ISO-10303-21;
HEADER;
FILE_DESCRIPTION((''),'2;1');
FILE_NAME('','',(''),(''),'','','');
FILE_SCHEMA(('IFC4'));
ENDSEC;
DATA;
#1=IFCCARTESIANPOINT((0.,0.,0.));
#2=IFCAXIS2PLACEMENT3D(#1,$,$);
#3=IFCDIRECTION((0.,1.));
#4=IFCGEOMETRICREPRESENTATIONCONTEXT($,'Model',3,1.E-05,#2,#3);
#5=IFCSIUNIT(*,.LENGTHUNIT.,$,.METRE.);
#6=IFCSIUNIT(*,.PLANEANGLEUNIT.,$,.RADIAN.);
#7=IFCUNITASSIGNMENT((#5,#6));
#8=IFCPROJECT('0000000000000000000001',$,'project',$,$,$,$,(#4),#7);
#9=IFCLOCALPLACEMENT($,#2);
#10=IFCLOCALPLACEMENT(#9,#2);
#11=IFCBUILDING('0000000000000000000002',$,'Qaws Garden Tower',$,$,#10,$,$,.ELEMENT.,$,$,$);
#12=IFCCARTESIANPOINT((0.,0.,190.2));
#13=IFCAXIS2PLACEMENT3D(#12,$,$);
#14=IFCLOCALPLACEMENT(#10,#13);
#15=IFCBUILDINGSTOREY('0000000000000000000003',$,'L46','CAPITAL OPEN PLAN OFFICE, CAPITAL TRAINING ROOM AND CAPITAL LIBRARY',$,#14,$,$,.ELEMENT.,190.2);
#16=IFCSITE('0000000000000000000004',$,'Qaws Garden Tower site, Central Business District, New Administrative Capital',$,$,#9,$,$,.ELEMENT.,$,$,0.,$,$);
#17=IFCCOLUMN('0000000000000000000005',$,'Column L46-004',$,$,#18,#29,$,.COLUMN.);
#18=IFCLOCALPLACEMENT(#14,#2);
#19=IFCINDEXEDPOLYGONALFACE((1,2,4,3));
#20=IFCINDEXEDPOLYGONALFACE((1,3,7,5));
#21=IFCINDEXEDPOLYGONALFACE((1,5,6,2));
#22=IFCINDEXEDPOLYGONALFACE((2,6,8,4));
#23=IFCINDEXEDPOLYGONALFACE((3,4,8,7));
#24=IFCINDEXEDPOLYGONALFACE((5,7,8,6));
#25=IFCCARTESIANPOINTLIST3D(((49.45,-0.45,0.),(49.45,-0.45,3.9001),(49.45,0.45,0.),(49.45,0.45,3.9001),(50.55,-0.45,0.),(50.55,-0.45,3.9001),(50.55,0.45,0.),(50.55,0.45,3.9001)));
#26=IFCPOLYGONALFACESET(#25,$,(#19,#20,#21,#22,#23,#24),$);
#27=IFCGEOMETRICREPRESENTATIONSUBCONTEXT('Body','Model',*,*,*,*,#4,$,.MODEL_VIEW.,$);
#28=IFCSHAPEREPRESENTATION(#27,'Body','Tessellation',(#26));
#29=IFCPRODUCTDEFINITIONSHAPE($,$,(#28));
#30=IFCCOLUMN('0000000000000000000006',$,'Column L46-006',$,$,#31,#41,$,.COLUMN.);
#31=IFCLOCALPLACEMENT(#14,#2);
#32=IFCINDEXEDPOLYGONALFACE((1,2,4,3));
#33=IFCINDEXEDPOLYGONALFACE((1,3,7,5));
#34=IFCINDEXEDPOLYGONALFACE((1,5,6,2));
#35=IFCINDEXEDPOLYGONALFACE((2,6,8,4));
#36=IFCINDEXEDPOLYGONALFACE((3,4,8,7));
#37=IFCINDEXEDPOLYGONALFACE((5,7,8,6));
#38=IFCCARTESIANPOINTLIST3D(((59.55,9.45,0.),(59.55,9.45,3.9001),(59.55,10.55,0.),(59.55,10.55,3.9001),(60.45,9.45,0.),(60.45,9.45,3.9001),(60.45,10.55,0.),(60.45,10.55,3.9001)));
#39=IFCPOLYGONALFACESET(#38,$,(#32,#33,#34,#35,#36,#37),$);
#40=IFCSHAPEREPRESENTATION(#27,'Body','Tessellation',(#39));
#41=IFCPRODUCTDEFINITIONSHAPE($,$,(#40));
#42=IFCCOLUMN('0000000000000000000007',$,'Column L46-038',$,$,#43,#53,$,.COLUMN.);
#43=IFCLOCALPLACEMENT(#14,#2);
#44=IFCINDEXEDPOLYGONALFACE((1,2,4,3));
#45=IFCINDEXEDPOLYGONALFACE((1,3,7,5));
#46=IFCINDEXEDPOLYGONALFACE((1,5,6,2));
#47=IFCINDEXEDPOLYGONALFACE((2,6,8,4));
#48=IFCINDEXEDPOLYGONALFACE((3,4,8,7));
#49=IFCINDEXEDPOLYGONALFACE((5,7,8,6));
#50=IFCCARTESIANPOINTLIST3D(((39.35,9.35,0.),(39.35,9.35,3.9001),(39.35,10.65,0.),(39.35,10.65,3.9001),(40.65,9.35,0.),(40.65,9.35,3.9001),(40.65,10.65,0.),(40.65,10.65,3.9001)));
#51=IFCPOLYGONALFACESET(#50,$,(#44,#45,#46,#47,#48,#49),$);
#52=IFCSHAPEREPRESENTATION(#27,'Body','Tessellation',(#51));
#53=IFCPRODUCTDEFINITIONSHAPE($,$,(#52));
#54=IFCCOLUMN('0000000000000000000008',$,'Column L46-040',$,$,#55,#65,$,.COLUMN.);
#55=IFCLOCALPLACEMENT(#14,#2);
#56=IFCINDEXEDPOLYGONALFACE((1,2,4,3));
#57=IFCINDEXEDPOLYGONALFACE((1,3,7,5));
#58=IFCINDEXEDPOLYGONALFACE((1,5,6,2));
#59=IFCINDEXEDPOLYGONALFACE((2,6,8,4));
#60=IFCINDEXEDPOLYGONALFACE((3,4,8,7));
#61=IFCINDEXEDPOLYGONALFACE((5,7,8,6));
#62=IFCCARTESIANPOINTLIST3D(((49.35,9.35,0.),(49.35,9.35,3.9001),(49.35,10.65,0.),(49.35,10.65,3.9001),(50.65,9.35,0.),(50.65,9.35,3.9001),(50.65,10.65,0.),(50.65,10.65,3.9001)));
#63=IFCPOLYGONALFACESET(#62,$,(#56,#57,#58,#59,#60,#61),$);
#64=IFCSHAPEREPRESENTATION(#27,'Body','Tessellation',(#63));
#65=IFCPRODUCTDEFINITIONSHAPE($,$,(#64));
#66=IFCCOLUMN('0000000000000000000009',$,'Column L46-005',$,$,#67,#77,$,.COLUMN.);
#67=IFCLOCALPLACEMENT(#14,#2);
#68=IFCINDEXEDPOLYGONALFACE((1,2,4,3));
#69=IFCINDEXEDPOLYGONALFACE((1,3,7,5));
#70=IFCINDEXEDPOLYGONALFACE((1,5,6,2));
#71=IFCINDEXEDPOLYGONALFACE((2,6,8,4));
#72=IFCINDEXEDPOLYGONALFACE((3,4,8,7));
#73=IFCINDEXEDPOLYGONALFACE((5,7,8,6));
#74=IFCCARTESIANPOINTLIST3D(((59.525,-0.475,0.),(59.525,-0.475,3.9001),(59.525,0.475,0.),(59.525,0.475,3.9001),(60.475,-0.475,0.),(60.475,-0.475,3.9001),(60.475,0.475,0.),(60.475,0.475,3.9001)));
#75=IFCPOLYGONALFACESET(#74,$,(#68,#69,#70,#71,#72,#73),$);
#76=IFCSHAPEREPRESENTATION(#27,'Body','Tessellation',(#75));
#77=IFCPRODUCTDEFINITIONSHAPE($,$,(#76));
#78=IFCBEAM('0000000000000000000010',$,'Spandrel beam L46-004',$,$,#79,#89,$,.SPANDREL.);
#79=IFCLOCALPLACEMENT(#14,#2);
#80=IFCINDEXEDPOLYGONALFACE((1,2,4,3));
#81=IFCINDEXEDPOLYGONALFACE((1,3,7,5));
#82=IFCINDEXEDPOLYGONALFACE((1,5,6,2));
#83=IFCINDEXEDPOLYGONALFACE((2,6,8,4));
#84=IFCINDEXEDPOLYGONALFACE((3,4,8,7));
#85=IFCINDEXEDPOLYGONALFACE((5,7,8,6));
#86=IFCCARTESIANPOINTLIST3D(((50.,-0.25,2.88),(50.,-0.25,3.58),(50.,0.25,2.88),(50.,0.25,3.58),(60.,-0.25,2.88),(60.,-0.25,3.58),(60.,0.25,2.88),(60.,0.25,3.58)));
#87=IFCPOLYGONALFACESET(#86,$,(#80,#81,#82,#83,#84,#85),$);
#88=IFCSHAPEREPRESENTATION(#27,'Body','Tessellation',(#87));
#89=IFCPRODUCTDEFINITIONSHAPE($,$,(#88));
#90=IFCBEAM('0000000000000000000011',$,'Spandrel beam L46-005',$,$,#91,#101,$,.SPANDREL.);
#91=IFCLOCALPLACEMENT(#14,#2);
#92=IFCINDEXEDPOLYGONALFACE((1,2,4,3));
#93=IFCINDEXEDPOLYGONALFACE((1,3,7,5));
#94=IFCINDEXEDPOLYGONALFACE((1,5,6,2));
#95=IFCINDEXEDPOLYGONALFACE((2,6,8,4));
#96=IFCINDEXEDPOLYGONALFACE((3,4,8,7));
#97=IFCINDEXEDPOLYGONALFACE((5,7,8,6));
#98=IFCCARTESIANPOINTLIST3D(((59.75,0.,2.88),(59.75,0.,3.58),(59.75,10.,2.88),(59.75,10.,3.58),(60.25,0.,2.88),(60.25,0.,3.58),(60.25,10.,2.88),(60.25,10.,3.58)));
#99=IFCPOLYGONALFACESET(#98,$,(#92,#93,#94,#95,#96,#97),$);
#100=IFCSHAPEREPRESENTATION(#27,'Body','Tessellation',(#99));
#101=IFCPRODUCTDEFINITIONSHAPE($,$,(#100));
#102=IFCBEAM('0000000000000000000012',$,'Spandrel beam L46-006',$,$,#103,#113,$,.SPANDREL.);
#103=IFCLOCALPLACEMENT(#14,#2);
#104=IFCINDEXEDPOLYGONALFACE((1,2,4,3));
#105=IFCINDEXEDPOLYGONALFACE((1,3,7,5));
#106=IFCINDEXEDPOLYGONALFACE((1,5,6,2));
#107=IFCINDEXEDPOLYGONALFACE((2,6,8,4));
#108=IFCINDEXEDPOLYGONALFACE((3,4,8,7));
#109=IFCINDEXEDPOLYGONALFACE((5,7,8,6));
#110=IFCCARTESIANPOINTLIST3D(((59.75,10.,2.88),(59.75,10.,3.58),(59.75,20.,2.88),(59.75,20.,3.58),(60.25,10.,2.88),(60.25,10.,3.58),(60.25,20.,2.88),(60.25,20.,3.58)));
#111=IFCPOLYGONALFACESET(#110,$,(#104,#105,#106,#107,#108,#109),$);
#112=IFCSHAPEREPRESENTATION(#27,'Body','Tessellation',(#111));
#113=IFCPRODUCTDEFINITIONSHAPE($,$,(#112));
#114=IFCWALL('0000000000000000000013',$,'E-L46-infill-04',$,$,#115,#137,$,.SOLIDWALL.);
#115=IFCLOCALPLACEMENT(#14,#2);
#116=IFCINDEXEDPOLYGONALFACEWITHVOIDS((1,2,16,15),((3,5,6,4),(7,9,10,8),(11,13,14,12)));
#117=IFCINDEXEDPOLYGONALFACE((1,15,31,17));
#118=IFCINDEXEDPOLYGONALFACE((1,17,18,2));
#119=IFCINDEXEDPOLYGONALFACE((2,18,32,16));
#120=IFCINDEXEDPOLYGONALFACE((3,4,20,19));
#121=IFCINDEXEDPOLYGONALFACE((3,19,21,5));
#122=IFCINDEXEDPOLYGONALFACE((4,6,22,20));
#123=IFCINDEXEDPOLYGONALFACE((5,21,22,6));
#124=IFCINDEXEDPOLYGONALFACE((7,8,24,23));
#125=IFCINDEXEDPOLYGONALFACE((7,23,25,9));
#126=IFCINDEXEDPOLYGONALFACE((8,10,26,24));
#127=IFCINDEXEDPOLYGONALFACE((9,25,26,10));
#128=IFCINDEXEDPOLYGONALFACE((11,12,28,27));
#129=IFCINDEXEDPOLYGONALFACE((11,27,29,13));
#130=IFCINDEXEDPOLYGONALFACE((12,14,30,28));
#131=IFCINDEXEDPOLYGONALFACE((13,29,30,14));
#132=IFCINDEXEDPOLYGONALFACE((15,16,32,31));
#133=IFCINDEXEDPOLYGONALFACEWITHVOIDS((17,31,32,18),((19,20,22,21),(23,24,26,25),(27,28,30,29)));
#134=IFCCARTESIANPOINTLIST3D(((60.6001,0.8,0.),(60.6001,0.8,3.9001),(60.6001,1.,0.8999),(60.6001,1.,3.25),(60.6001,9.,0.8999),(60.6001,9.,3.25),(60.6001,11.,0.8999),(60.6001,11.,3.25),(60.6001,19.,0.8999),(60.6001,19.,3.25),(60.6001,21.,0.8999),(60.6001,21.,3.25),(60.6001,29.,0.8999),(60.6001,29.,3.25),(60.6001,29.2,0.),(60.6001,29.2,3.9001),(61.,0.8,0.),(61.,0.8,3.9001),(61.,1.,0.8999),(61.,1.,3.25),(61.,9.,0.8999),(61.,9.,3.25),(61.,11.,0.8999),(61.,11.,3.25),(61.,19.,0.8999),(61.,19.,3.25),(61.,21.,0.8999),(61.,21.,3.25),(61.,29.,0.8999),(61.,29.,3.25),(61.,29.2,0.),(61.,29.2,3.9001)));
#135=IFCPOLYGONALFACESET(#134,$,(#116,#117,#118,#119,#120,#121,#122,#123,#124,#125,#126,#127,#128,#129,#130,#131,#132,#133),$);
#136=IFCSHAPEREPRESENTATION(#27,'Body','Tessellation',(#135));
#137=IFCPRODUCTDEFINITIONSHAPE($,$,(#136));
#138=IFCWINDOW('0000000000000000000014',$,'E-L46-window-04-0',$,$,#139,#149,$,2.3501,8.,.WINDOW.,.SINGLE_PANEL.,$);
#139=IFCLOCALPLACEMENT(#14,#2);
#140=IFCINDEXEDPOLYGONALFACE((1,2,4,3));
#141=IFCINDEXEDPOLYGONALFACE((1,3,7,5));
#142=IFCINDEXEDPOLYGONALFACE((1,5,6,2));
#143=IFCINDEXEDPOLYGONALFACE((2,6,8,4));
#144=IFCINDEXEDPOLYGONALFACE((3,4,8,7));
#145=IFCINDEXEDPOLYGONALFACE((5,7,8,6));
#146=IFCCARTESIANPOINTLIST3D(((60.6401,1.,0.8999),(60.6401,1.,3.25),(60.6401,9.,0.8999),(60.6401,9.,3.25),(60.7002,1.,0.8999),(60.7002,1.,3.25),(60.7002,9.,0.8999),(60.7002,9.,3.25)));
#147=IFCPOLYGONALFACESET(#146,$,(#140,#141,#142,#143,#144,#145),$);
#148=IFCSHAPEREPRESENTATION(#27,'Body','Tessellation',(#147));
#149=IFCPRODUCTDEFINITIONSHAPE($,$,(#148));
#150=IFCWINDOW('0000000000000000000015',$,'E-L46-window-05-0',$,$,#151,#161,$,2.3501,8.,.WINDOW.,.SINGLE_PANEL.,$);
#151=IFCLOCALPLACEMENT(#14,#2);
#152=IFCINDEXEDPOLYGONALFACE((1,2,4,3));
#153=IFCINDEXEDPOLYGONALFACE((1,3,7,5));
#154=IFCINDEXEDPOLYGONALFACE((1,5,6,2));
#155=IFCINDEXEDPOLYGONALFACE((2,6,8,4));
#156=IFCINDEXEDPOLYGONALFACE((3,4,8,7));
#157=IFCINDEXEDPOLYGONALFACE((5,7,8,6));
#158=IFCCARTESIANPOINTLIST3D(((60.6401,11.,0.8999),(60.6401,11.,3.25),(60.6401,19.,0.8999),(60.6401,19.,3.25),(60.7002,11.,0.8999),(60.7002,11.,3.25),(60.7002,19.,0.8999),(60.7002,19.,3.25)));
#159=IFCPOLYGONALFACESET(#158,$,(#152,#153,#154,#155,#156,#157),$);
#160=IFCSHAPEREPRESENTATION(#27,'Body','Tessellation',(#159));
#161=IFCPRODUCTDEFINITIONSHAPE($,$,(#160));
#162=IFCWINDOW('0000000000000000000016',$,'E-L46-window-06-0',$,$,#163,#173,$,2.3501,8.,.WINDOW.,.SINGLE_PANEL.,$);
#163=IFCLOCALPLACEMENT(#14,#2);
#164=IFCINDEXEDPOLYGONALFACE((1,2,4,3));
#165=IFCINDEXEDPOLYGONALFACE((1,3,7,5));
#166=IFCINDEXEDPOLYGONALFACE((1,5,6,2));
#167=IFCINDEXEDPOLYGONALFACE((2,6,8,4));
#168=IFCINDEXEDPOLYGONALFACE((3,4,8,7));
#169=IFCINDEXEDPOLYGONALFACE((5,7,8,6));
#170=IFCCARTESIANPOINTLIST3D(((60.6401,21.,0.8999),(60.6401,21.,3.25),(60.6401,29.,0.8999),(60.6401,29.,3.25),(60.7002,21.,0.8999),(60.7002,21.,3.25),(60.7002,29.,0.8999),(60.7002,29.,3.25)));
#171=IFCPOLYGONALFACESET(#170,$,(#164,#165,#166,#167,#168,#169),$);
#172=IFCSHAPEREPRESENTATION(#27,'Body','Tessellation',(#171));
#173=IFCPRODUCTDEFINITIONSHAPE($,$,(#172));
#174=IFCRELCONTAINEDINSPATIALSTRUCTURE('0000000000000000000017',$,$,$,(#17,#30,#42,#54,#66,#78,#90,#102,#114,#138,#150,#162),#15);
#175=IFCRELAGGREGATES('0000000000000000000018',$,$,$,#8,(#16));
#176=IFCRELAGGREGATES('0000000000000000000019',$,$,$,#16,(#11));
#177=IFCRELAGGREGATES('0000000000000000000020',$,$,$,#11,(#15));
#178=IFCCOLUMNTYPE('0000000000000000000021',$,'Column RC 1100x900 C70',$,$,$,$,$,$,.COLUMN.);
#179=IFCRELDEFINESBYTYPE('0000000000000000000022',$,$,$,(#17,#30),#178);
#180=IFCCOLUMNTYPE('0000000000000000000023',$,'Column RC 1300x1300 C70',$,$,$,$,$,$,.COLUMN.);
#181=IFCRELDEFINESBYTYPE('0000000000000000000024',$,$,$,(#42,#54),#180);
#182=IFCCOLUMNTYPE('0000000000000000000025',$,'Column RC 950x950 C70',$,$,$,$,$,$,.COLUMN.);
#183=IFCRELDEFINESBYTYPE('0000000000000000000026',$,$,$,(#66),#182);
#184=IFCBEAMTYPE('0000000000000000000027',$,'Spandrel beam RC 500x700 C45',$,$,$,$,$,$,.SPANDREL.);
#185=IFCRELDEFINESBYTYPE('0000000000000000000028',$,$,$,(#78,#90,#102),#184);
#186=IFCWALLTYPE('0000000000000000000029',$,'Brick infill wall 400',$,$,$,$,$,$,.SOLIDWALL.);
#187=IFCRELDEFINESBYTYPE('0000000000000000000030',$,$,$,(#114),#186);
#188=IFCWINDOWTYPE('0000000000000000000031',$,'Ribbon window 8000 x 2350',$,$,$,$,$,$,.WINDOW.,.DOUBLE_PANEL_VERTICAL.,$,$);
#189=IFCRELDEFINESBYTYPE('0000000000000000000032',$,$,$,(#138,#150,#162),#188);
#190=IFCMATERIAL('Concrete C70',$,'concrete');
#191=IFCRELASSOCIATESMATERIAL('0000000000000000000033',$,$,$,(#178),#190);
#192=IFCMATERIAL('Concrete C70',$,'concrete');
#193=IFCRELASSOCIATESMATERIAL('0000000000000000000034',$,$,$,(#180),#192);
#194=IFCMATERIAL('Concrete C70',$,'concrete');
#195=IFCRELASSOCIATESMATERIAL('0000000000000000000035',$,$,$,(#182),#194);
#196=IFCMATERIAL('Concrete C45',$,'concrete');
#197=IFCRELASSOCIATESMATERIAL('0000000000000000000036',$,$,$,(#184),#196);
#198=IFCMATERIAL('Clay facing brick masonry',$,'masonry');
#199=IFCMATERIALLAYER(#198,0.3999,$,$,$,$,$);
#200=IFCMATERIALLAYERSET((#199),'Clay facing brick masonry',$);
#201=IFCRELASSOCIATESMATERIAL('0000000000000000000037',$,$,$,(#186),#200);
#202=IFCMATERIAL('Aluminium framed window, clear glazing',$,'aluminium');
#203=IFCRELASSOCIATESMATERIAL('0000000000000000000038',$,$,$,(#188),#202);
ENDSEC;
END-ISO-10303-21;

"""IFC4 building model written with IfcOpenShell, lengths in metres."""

from ifc_helpers import new_model, si_unit, direction, frame, frame_2d, origin, origin_2d, place, context, subcontext, project, spatial, rectangle, extrude, material, layer, layer_set, material_profile, profile_set, type_object, element, fill, save


model = new_model("IFC4")

# Units and contexts
model_context = context("Model", 3, precision=1e-05, world=origin(), true_north=direction((0.0, 1.0)))
body_context = subcontext(model_context, "Body", "Model", "MODEL_VIEW")
ifc_project = project(units=[si_unit("LENGTHUNIT", "METRE"), si_unit("PLANEANGLEUNIT", "RADIAN")], contexts=[model_context])

# Site, building, storey
site_placement = place(None, origin())
site = spatial("IfcSite", under=ifc_project, at=site_placement, Name="Qaws Garden Tower site, Central Business District, New Administrative Capital", CompositionType="ELEMENT", RefElevation=0.0)
building_placement = place(site_placement, origin())
building = spatial("IfcBuilding", under=site, at=building_placement, Name="Qaws Garden Tower", CompositionType="ELEMENT")
storey_placement = place(building_placement, frame((0.0, 0.0, 190.2)))
storey = spatial("IfcBuildingStorey", under=building, at=storey_placement, Name="L46", Description="CAPITAL OPEN PLAN OFFICE, CAPITAL TRAINING ROOM AND CAPITAL LIBRARY", CompositionType="ELEMENT", Elevation=190.2)

# Columns
ifc_material_1 = material(Name="Concrete C70", Category="concrete")
ifc_material_profile_1 = material_profile(ifc_material_1, rectangle(XDim=1.1001, YDim=0.8999, at=origin_2d()), Name="RC 1100x900")
ifc_profile_set_1 = profile_set([ifc_material_profile_1], Name="Concrete C70")
column_type_1 = type_object("IfcColumnType", Name="Column RC 1100x900 C70", PredefinedType="COLUMN", material=ifc_profile_set_1)
for number, where, z_axis, x_axis, name in (
    (1, (50.0, 0.0, 0.0), (0.0, 0.0, 1.0), (1.0, 0.0, 0.0), "Column L46-004"),
    (2, (60.0, 10.0, 0.0), (0.0, 0.0, 1.0), (0.0, 1.0, 0.0), "Column L46-006"),
):
    element("IfcColumn", number, at=place(storey_placement, frame(where, z_axis=z_axis, x_axis=x_axis)), inside=storey, type_object=column_type_1, Name=name, PredefinedType="COLUMN", context=body_context, shape_type="SweptSolid", body=[
        extrude(rectangle(XDim=1.1001, YDim=0.8999, at=origin_2d()), origin(), (0.0, 0.0, 1.0), 3.9001),
    ])
ifc_material_2 = material(Name="Concrete C70", Category="concrete")
ifc_material_profile_2 = material_profile(ifc_material_2, rectangle(XDim=1.3, YDim=1.3, at=origin_2d()), Name="RC 1300x1300")
ifc_profile_set_2 = profile_set([ifc_material_profile_2], Name="Concrete C70")
column_type_2 = type_object("IfcColumnType", Name="Column RC 1300x1300 C70", PredefinedType="COLUMN", material=ifc_profile_set_2)
for number, where, z_axis, x_axis, name in (
    (3, (40.0, 10.0, 0.0), (0.0, 0.0, 1.0), (1.0, 0.0, 0.0), "Column L46-038"),
    (4, (50.0, 10.0, 0.0), (0.0, 0.0, 1.0), (1.0, 0.0, 0.0), "Column L46-040"),
):
    element("IfcColumn", number, at=place(storey_placement, frame(where, z_axis=z_axis, x_axis=x_axis)), inside=storey, type_object=column_type_2, Name=name, PredefinedType="COLUMN", context=body_context, shape_type="SweptSolid", body=[
        extrude(rectangle(XDim=1.3, YDim=1.3, at=origin_2d()), origin(), (0.0, 0.0, 1.0), 3.9001),
    ])
ifc_material_3 = material(Name="Concrete C70", Category="concrete")
ifc_material_profile_3 = material_profile(ifc_material_3, rectangle(XDim=0.95, YDim=0.95, at=origin_2d()), Name="RC 950x950")
ifc_profile_set_3 = profile_set([ifc_material_profile_3], Name="Concrete C70")
column_type_3 = type_object("IfcColumnType", Name="Column RC 950x950 C70", PredefinedType="COLUMN", material=ifc_profile_set_3)
column_placement = place(storey_placement, frame((60.0, 0.0, 0.0), z_axis=(0.0, 0.0, 1.0), x_axis=(1.0, 0.0, 0.0)))
element("IfcColumn", 5, at=column_placement, inside=storey, type_object=column_type_3, Name="Column L46-005", PredefinedType="COLUMN", context=body_context, shape_type="SweptSolid", body=[
    extrude(rectangle(XDim=0.95, YDim=0.95, at=origin_2d()), origin(), (0.0, 0.0, 1.0), 3.9001),
])

# Beams
ifc_material_4 = material(Name="Concrete C45", Category="concrete")
ifc_material_profile_4 = material_profile(ifc_material_4, rectangle(XDim=0.5, YDim=0.7, at=origin_2d()), Name="RC 500x700")
ifc_profile_set_4 = profile_set([ifc_material_profile_4], Name="Concrete C45")
beam_type = type_object("IfcBeamType", Name="Spandrel beam RC 500x700 C45", PredefinedType="SPANDREL", material=ifc_profile_set_4)
for number, where, z_axis, x_axis, name in (
    (6, (50.0, 0.0, 3.23), (1.0, 0.0, 0.0), (0.0, 1.0, 0.0), "Spandrel beam L46-004"),
    (7, (60.0, 0.0, 3.23), (0.0, 1.0, 0.0), (-1.0, 0.0, 0.0), "Spandrel beam L46-005"),
    (8, (60.0, 10.0, 3.23), (0.0, 1.0, 0.0), (-1.0, 0.0, 0.0), "Spandrel beam L46-006"),
):
    element("IfcBeam", number, at=place(storey_placement, frame(where, z_axis=z_axis, x_axis=x_axis)), inside=storey, type_object=beam_type, Name=name, PredefinedType="SPANDREL", context=body_context, shape_type="SweptSolid", body=[
        extrude(rectangle(XDim=0.5, YDim=0.7, at=origin_2d()), origin(), (0.0, 0.0, 1.0), 10.0),
    ])

# Wall, openings, windows
ifc_material_5 = material(Name="Clay facing brick masonry", Category="masonry")
ifc_layer_1 = layer(ifc_material_5, 0.3999)
ifc_layer_set_1 = layer_set([ifc_layer_1], Name="Clay facing brick masonry")
wall_type_1 = type_object("IfcWallType", Name="Brick infill wall 400", PredefinedType="SOLIDWALL", material=ifc_layer_set_1)
wall_1_placement = place(storey_placement, frame((60.8, 0.8, 0.0), z_axis=(0.0, 0.0, 1.0), x_axis=(0.0, 1.0, 0.0)))
wall_1 = element("IfcWall", 9, at=wall_1_placement, inside=storey, type_object=wall_type_1, Name="E-L46-infill-04", PredefinedType="SOLIDWALL", context=body_context, shape_type="SweptSolid", body=[
    extrude(rectangle(XDim=28.3999, YDim=0.3999, at=frame_2d((14.2, 0.0))), origin(), (0.0, 0.0, 1.0), 3.9001),
])
opening_1_placement = place(wall_1_placement, frame((0.2, 0.0, 0.8999)))
opening_1 = element("IfcOpeningElement", 10, at=opening_1_placement, cuts=wall_1, PredefinedType="OPENING", context=body_context, shape_type="SweptSolid", body=[
    extrude(rectangle(XDim=8.0, YDim=2.3501, at=frame_2d((4.0, 1.175))), frame((0.0, 0.21, 0.0), z_axis=(0.0, -1.0, 0.0), x_axis=(1.0, 0.0, 0.0)), (0.0, 0.0, 1.0), 0.4199),
])
opening_2_placement = place(wall_1_placement, frame((10.2, 0.0, 0.8999)))
opening_2 = element("IfcOpeningElement", 11, at=opening_2_placement, cuts=wall_1, PredefinedType="OPENING", context=body_context, shape_type="SweptSolid", body=[
    extrude(rectangle(XDim=8.0, YDim=2.3501, at=frame_2d((4.0, 1.175))), frame((0.0, 0.21, 0.0), z_axis=(0.0, -1.0, 0.0), x_axis=(1.0, 0.0, 0.0)), (0.0, 0.0, 1.0), 0.4199),
])
opening_3_placement = place(wall_1_placement, frame((20.2, 0.0, 0.8999)))
opening_3 = element("IfcOpeningElement", 12, at=opening_3_placement, cuts=wall_1, PredefinedType="OPENING", context=body_context, shape_type="SweptSolid", body=[
    extrude(rectangle(XDim=8.0, YDim=2.3501, at=frame_2d((4.0, 1.175))), frame((0.0, 0.21, 0.0), z_axis=(0.0, -1.0, 0.0), x_axis=(1.0, 0.0, 0.0)), (0.0, 0.0, 1.0), 0.4199),
])
ifc_material_6 = material(Name="Aluminium framed window, clear glazing", Category="aluminium")
window_type = type_object("IfcWindowType", Name="Ribbon window 8000 x 2350", PartitioningType="DOUBLE_PANEL_VERTICAL", PredefinedType="WINDOW", material=ifc_material_6)
window_1_placement = place(opening_1_placement, origin())
window_1 = element("IfcWindow", 13, at=window_1_placement, inside=storey, type_object=window_type, Name="E-L46-window-04-0", OverallHeight=2.3501, OverallWidth=8.0, PartitioningType="SINGLE_PANEL", PredefinedType="WINDOW", context=body_context, shape_type="SweptSolid", body=[
    extrude(rectangle(XDim=8.0, YDim=2.3501, at=frame_2d((4.0, 1.175))), frame((0.0, 0.1599, 0.0), z_axis=(0.0, -1.0, 0.0), x_axis=(1.0, 0.0, 0.0)), (0.0, 0.0, 1.0), 0.0601),
])
fill(opening_1, window_1)
window_2_placement = place(opening_2_placement, origin())
window_2 = element("IfcWindow", 14, at=window_2_placement, inside=storey, type_object=window_type, Name="E-L46-window-05-0", OverallHeight=2.3501, OverallWidth=8.0, PartitioningType="SINGLE_PANEL", PredefinedType="WINDOW", context=body_context, shape_type="SweptSolid", body=[
    extrude(rectangle(XDim=8.0, YDim=2.3501, at=frame_2d((4.0, 1.175))), frame((0.0, 0.1599, 0.0), z_axis=(0.0, -1.0, 0.0), x_axis=(1.0, 0.0, 0.0)), (0.0, 0.0, 1.0), 0.0601),
])
fill(opening_2, window_2)
window_3_placement = place(opening_3_placement, origin())
window_3 = element("IfcWindow", 15, at=window_3_placement, inside=storey, type_object=window_type, Name="E-L46-window-06-0", OverallHeight=2.3501, OverallWidth=8.0, PartitioningType="SINGLE_PANEL", PredefinedType="WINDOW", context=body_context, shape_type="SweptSolid", body=[
    extrude(rectangle(XDim=8.0, YDim=2.3501, at=frame_2d((4.0, 1.175))), frame((0.0, 0.1599, 0.0), z_axis=(0.0, -1.0, 0.0), x_axis=(1.0, 0.0, 0.0)), (0.0, 0.0, 1.0), 0.0601),
])
fill(opening_3, window_3)

save(model, "model.ifc")
